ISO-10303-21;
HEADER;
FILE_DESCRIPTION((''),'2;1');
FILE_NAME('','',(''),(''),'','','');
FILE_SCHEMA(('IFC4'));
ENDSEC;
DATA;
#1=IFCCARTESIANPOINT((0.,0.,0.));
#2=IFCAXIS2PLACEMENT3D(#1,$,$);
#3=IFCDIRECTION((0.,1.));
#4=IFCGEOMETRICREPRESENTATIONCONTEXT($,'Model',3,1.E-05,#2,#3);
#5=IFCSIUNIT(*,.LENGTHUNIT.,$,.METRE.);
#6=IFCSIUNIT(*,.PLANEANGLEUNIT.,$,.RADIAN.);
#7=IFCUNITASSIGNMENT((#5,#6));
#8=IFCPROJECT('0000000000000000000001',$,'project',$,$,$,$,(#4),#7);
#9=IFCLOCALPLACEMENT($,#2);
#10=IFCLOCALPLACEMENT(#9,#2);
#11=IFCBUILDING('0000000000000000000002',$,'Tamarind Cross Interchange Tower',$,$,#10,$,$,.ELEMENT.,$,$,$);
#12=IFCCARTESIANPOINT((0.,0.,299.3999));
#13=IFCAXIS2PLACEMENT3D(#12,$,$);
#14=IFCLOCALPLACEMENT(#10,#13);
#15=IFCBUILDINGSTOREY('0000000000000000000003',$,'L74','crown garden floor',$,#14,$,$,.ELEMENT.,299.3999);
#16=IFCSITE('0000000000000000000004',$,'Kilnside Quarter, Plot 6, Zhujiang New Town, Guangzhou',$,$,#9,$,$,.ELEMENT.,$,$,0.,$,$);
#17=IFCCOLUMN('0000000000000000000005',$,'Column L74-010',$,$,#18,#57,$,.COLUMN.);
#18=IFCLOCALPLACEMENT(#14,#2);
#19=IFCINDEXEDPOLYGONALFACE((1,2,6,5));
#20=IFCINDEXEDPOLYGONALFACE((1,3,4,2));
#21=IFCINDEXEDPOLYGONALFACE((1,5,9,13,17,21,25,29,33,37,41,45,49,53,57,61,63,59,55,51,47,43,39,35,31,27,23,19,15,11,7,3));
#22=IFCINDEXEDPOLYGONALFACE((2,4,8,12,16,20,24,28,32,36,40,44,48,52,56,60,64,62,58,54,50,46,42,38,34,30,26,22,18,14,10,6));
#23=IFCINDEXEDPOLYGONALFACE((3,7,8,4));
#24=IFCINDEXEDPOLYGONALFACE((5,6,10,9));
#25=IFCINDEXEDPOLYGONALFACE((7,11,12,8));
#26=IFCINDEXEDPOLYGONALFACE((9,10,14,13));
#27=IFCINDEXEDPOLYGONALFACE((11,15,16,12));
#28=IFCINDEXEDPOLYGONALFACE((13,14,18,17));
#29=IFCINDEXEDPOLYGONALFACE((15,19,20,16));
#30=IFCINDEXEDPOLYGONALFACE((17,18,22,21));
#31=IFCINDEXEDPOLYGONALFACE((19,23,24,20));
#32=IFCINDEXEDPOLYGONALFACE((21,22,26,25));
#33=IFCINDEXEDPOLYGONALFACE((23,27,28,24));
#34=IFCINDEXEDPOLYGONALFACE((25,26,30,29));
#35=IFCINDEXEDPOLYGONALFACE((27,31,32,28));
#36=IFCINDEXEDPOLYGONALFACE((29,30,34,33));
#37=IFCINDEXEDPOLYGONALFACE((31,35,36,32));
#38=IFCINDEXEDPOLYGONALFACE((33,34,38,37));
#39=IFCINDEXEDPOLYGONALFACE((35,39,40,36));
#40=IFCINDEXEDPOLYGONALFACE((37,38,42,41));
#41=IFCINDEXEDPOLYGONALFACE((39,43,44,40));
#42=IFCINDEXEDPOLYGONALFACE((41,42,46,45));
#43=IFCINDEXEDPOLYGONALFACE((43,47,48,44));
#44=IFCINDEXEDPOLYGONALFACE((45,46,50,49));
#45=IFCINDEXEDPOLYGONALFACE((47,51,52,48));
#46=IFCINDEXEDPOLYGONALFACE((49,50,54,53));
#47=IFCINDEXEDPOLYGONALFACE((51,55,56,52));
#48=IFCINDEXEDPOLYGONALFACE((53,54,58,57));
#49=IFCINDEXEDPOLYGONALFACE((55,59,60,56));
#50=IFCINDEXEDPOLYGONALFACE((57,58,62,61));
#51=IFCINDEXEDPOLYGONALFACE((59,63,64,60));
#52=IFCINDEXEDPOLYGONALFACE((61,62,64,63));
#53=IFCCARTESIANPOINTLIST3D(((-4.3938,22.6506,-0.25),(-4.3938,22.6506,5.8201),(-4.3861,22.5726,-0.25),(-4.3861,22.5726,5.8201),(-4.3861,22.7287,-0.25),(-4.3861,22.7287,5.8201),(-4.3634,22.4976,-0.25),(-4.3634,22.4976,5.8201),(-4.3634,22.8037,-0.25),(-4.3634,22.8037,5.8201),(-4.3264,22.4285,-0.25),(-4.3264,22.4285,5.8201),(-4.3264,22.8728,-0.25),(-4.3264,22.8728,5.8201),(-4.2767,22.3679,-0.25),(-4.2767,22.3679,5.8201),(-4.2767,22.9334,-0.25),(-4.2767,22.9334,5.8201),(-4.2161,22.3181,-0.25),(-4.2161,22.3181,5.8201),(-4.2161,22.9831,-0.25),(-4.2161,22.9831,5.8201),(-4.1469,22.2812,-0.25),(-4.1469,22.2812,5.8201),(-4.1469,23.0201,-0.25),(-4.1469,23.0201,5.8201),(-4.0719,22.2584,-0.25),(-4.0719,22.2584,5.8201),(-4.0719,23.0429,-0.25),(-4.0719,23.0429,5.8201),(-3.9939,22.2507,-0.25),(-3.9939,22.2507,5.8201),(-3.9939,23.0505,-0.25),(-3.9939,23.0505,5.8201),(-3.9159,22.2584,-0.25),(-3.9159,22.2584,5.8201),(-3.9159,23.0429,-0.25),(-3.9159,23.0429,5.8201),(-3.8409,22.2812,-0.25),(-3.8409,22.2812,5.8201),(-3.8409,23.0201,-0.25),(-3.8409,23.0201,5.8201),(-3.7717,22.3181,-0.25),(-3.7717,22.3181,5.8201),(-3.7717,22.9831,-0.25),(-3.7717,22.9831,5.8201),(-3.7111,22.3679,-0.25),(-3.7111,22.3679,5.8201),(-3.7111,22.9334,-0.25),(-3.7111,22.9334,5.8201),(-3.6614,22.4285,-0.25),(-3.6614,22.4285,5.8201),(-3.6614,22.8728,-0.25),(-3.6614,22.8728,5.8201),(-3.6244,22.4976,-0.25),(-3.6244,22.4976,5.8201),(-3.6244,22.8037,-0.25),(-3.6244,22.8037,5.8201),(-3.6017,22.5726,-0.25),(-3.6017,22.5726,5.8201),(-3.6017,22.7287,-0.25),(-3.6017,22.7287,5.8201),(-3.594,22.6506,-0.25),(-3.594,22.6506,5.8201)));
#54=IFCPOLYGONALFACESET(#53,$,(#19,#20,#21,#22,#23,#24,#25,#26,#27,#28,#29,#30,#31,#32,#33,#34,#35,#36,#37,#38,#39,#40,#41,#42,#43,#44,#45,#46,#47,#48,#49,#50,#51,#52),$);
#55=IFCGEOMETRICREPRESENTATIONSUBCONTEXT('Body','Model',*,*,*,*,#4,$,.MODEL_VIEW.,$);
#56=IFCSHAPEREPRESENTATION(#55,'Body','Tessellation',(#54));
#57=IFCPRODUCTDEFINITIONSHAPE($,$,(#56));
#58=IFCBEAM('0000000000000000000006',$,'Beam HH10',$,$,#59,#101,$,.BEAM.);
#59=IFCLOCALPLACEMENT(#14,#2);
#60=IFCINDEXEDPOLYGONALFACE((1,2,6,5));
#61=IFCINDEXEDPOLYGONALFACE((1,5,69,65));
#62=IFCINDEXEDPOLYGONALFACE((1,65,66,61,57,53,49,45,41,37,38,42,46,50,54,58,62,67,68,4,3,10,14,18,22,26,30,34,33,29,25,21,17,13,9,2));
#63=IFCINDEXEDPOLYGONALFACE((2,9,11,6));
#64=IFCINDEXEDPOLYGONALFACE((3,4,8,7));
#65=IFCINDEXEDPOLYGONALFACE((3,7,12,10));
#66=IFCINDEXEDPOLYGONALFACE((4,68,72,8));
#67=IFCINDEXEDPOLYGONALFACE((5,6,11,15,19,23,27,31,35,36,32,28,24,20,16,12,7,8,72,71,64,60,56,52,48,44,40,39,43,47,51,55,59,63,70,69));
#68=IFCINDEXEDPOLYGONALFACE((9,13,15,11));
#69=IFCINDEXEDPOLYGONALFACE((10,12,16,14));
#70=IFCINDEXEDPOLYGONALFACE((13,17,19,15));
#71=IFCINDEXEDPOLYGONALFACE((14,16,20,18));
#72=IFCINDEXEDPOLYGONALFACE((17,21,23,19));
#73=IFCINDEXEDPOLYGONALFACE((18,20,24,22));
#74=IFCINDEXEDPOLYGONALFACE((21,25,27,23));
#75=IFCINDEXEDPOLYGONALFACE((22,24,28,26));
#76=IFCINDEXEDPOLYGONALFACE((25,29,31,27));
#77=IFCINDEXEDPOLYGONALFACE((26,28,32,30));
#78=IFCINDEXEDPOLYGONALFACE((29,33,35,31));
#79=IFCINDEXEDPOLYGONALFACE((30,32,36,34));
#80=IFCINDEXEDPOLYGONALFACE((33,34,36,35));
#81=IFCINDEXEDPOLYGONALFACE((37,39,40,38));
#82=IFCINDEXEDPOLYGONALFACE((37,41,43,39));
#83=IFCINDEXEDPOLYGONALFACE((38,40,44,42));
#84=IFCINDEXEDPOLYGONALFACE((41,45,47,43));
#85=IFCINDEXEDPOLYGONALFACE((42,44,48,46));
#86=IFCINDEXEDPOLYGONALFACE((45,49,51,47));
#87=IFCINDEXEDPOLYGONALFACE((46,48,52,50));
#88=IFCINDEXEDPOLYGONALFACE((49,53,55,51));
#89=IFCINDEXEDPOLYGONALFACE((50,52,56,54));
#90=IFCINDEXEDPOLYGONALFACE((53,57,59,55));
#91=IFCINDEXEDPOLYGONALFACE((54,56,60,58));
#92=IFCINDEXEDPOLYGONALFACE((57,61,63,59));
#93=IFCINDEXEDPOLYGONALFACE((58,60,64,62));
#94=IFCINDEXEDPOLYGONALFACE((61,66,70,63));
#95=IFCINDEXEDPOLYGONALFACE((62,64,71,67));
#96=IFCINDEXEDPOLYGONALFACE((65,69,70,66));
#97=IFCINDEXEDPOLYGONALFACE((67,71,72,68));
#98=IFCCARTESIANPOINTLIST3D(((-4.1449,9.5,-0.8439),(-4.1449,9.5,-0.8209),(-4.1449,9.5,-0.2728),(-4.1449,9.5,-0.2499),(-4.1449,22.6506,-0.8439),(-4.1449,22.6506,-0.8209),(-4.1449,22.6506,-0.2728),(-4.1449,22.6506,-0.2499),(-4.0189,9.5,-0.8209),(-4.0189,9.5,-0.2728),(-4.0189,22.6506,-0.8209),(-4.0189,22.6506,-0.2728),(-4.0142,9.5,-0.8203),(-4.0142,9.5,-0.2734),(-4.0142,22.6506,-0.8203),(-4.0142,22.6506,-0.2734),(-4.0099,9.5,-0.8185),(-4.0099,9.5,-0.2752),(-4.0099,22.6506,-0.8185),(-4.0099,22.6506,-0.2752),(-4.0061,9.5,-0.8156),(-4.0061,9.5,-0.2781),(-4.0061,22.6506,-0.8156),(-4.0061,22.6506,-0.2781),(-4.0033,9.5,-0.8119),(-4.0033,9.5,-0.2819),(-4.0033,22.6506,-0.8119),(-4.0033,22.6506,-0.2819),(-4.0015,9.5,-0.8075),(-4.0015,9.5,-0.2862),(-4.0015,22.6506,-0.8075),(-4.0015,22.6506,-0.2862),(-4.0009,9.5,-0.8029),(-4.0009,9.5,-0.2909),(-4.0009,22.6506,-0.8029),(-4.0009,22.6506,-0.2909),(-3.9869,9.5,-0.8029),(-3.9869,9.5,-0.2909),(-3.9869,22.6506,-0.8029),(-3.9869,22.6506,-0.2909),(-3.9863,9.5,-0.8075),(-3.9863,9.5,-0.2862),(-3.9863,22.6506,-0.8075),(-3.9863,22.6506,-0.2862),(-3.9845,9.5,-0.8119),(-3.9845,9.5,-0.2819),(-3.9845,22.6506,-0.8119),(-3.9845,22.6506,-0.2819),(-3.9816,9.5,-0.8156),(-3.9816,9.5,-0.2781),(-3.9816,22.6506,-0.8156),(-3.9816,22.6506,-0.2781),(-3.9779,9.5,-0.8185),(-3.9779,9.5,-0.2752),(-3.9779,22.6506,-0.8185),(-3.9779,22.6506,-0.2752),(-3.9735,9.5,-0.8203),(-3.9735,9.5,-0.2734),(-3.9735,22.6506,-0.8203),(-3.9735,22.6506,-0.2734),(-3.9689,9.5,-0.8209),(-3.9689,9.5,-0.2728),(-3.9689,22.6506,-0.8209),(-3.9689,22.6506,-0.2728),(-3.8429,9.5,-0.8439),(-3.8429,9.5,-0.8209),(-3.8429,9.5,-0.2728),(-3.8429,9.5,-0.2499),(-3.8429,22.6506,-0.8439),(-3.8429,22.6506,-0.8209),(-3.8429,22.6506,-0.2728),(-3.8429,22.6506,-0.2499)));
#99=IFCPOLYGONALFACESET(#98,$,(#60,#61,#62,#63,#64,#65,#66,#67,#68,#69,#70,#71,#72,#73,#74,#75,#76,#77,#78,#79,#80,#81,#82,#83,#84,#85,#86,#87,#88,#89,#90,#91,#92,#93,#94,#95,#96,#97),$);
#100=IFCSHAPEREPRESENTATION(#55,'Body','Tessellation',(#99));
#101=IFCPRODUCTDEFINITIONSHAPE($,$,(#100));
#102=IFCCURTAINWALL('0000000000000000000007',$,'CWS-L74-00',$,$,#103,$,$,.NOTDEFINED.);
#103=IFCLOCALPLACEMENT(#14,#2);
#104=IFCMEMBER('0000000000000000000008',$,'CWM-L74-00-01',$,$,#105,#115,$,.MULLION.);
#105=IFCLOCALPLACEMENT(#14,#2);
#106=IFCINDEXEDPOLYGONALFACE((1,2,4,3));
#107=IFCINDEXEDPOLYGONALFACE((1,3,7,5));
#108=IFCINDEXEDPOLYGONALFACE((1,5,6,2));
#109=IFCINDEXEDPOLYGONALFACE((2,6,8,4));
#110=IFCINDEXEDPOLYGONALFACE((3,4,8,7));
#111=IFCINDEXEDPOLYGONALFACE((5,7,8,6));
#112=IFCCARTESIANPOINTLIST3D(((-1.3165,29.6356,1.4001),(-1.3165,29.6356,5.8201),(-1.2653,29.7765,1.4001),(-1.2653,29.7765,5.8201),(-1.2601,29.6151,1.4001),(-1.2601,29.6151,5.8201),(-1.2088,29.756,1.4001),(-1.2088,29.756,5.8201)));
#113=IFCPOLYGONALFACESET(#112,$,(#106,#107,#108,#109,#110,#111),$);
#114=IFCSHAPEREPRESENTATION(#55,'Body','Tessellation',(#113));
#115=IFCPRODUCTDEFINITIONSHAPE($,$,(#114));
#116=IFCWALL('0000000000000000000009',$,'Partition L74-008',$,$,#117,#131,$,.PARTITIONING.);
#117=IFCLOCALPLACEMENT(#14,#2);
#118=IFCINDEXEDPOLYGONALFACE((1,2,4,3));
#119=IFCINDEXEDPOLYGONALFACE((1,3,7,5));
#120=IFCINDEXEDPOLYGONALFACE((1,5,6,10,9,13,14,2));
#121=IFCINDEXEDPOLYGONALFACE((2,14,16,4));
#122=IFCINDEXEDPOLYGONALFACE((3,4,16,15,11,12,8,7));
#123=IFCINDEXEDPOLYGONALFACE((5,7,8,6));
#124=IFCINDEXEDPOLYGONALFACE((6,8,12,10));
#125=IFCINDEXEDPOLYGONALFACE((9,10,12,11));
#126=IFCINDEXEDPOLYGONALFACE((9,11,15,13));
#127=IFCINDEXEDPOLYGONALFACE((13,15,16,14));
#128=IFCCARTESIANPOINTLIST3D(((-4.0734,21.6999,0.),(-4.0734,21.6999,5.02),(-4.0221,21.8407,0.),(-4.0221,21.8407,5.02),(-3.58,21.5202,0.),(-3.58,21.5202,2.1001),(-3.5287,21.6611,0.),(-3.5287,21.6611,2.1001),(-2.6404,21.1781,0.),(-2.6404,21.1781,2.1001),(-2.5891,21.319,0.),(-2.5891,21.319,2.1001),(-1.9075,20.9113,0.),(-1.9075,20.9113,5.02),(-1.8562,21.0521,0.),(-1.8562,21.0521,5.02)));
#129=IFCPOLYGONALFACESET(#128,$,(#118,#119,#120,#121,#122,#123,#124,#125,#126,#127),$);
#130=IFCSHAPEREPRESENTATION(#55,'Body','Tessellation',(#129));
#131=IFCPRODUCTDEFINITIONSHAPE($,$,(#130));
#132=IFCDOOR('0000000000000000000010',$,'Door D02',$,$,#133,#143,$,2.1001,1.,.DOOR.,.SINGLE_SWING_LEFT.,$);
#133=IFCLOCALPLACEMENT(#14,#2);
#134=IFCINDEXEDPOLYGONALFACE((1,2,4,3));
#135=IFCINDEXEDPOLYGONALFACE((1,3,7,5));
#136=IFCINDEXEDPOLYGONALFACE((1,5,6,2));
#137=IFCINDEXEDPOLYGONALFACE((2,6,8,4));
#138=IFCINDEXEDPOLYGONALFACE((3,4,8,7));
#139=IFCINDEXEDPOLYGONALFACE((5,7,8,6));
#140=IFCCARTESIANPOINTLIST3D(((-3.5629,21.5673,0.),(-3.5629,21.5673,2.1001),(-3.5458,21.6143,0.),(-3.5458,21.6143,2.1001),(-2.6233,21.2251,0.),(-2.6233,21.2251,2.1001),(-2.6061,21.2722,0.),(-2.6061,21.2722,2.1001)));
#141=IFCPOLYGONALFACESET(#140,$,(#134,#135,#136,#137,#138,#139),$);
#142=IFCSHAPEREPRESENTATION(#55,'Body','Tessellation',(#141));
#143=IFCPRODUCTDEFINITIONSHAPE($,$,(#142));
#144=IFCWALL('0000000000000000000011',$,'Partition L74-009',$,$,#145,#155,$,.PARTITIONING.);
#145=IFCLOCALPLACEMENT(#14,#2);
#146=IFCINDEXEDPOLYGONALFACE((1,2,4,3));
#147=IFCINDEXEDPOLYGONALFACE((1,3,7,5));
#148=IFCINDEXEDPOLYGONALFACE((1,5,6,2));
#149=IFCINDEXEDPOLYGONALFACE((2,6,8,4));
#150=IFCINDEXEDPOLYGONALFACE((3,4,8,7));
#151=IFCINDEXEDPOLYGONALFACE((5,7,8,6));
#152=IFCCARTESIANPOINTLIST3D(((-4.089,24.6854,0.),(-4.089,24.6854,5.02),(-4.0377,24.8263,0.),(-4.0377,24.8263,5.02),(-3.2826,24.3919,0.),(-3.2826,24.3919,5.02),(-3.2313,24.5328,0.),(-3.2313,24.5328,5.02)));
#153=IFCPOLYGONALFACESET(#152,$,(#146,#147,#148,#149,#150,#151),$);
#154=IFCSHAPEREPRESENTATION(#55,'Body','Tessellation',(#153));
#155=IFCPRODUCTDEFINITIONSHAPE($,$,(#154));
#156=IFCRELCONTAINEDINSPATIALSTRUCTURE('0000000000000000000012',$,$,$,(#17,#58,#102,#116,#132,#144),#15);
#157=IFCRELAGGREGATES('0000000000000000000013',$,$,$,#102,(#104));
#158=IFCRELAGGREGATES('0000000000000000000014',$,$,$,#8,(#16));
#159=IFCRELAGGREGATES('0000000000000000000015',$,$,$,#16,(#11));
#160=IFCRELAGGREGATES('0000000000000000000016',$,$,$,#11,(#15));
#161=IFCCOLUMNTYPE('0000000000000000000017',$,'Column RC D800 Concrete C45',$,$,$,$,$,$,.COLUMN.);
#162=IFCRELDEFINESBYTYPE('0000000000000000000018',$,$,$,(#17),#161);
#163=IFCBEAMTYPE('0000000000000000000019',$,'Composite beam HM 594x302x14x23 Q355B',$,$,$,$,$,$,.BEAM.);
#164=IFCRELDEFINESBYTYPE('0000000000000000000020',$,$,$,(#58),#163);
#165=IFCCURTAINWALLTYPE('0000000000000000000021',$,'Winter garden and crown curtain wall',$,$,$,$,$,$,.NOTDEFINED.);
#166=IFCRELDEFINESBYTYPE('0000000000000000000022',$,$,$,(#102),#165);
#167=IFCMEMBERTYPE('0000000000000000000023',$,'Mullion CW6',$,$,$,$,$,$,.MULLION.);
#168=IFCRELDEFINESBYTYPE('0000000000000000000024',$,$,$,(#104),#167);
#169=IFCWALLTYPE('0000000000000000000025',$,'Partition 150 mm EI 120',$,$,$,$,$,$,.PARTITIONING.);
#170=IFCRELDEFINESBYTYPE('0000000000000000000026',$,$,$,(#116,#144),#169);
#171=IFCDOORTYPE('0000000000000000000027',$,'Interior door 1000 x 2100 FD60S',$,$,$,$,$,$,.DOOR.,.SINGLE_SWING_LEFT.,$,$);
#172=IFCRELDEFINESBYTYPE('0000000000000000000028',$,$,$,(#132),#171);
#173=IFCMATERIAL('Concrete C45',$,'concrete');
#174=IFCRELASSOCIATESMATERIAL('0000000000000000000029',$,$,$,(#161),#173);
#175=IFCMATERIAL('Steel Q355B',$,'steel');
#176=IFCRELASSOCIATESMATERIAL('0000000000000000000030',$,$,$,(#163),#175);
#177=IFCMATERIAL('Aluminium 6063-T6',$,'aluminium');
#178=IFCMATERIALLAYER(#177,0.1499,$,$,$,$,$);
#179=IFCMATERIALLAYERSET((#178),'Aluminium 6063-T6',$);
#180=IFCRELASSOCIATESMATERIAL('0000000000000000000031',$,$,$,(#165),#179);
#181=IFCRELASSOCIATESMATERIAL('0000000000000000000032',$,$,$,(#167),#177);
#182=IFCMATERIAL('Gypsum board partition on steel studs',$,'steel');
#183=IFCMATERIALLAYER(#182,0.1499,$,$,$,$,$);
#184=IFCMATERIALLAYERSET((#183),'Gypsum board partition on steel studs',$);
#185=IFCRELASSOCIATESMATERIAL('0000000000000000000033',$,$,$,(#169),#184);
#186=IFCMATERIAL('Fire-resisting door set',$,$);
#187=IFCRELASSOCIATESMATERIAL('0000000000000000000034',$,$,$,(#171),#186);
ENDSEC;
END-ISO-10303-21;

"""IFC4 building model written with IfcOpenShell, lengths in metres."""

from ifc_helpers import new_model, si_unit, direction, frame, frame_2d, origin, origin_2d, place, context, subcontext, project, spatial, rectangle, circle, i_section, extrude, material, layer, layer_set, material_profile, profile_set, type_object, element, fill, aggregate, save


model = new_model("IFC4")

# Units and contexts
model_context = context("Model", 3, precision=1e-05, world=origin(), true_north=direction((0.0, 1.0)))
body_context = subcontext(model_context, "Body", "Model", "MODEL_VIEW")
ifc_project = project(units=[si_unit("LENGTHUNIT", "METRE"), si_unit("PLANEANGLEUNIT", "RADIAN")], contexts=[model_context])

# Site, building, storey
site_placement = place(None, origin())
site = spatial("IfcSite", under=ifc_project, at=site_placement, Name="Kilnside Quarter, Plot 6, Zhujiang New Town, Guangzhou", CompositionType="ELEMENT", RefElevation=0.0)
building_placement = place(site_placement, origin())
building = spatial("IfcBuilding", under=site, at=building_placement, Name="Tamarind Cross Interchange Tower", CompositionType="ELEMENT")
storey_placement = place(building_placement, frame((0.0, 0.0, 299.3999)))
storey = spatial("IfcBuildingStorey", under=building, at=storey_placement, Name="L74", Description="crown garden floor", CompositionType="ELEMENT", Elevation=299.3999)

# Column
ifc_material_1 = material(Name="Concrete C45", Category="concrete")
ifc_material_profile_1 = material_profile(ifc_material_1, circle(Radius=0.3999, at=origin_2d()), Name="RC D800")
ifc_profile_set_1 = profile_set([ifc_material_profile_1], Name="Concrete C45")
column_type = type_object("IfcColumnType", Name="Column RC D800 Concrete C45", PredefinedType="COLUMN", material=ifc_profile_set_1)
column_placement = place(storey_placement, frame((-3.9939, 22.6506, -0.25), z_axis=(0.0, 0.0, 1.0), x_axis=(1.0, 0.0, 0.0)))
element("IfcColumn", 1, at=column_placement, inside=storey, type_object=column_type, Name="Column L74-010", PredefinedType="COLUMN", context=body_context, shape_type="SweptSolid", body=[
    extrude(circle(Radius=0.3999, at=origin_2d()), origin(), (0.0, 0.0, 1.0), 6.0701),
])

# Beam
ifc_material_2 = material(Name="Steel Q355B", Category="steel")
ifc_material_profile_2 = material_profile(ifc_material_2, i_section(OverallWidth=0.302, OverallDepth=0.594, WebThickness=0.0139, FlangeThickness=0.0229, FilletRadius=0.0181, at=origin_2d()), Name="HM 594x302x14x23")
ifc_profile_set_2 = profile_set([ifc_material_profile_2], Name="Steel Q355B")
beam_type = type_object("IfcBeamType", Name="Composite beam HM 594x302x14x23 Q355B", PredefinedType="BEAM", material=ifc_profile_set_2)
beam_placement = place(storey_placement, frame((-3.9939, 22.6506, -0.5469), z_axis=(0.0, -1.0, 0.0), x_axis=(1.0, 0.0, 0.0)))
element("IfcBeam", 2, at=beam_placement, inside=storey, type_object=beam_type, Name="Beam HH10", PredefinedType="BEAM", context=body_context, shape_type="SweptSolid", body=[
    extrude(i_section(OverallWidth=0.302, OverallDepth=0.594, WebThickness=0.0139, FlangeThickness=0.0229, FilletRadius=0.0181, at=origin_2d()), origin(), (0.0, 0.0, 1.0), 13.1506),
])

# Curtain wall, member
ifc_material_3 = material(Name="Aluminium 6063-T6", Category="aluminium")
ifc_layer_1 = layer(ifc_material_3, 0.1499)
ifc_layer_set_1 = layer_set([ifc_layer_1], Name="Aluminium 6063-T6")
curtain_wall_type = type_object("IfcCurtainWallType", Name="Winter garden and crown curtain wall", PredefinedType="NOTDEFINED", material=ifc_layer_set_1)
curtain_wall_placement = place(storey_placement, origin())
curtain_wall = element("IfcCurtainWall", 3, at=curtain_wall_placement, inside=storey, type_object=curtain_wall_type, Name="CWS-L74-00", PredefinedType="NOTDEFINED")
ifc_material_profile_3 = material_profile(ifc_material_3, rectangle(XDim=0.0601, YDim=0.1499, at=origin_2d()), Name="Mullion CW6")
ifc_profile_set_3 = profile_set([ifc_material_profile_3], Name="Aluminium 6063-T6")
member_type = type_object("IfcMemberType", Name="Mullion CW6", PredefinedType="MULLION", material=ifc_profile_set_3)
member_placement = place(storey_placement, frame((-1.2627, 29.6958, 1.4001), z_axis=(0.0, 0.0, 1.0), x_axis=(-0.939702, 0.341994, 0.0)))
member = element("IfcMember", 4, at=member_placement, type_object=member_type, Name="CWM-L74-00-01", PredefinedType="MULLION", context=body_context, shape_type="SweptSolid", body=[
    extrude(rectangle(XDim=0.0601, YDim=0.1499, at=origin_2d()), origin(), (0.0, 0.0, 1.0), 4.4199),
])
aggregate(curtain_wall, [member])

# Wall, opening, door
ifc_material_4 = material(Name="Gypsum board partition on steel studs", Category="steel")
ifc_layer_2 = layer(ifc_material_4, 0.1499)
ifc_layer_set_2 = layer_set([ifc_layer_2], Name="Gypsum board partition on steel studs")
wall_type_1 = type_object("IfcWallType", Name="Partition 150 mm EI 120", PredefinedType="PARTITIONING", material=ifc_layer_set_2)
wall_1_placement = place(storey_placement, frame((-4.0476, 21.7703, 0.0), z_axis=(0.0, 0.0, 1.0), x_axis=(0.939651, -0.342134, 0.0)))
wall_1 = element("IfcWall", 5, at=wall_1_placement, inside=storey, type_object=wall_type_1, Name="Partition L74-008", PredefinedType="PARTITIONING", context=body_context, shape_type="SweptSolid", body=[
    extrude(rectangle(XDim=2.3049, YDim=0.1499, at=frame_2d((1.1523, 0.0))), origin(), (0.0, 0.0, 1.0), 5.02),
])
opening_1_placement = place(wall_1_placement, frame((0.5249, 0.0, 0.0)))
opening_1 = element("IfcOpeningElement", 6, at=opening_1_placement, cuts=wall_1, PredefinedType="OPENING", context=body_context, shape_type="SweptSolid", body=[
    extrude(rectangle(XDim=1.0, YDim=2.1001, at=frame_2d((0.5, 1.05))), frame((0.0, 0.085, 0.0), z_axis=(0.0, -1.0, 0.0), x_axis=(1.0, 0.0, 0.0)), (0.0, 0.0, 1.0), 0.1699),
])
ifc_material_5 = material(Name="Fire-resisting door set")
door_type_1 = type_object("IfcDoorType", Name="Interior door 1000 x 2100 FD60S", OperationType="SINGLE_SWING_LEFT", PredefinedType="DOOR", material=ifc_material_5)
door_1_placement = place(opening_1_placement, frame((1.0, 0.0, 0.0), z_axis=(0.0, 0.0, 1.0), x_axis=(-1.0, 0.0, 0.0)))
door_1 = element("IfcDoor", 7, at=door_1_placement, inside=storey, type_object=door_type_1, Name="Door D02", OperationType="SINGLE_SWING_LEFT", OverallHeight=2.1001, OverallWidth=1.0, PredefinedType="DOOR", context=body_context, shape_type="SweptSolid", body=[
    extrude(rectangle(XDim=1.0, YDim=2.1001, at=frame_2d((0.5, 1.05))), frame((0.0, 0.0249, 0.0), z_axis=(0.0, -1.0, 0.0), x_axis=(1.0, 0.0, 0.0)), (0.0, 0.0, 1.0), 0.05),
])
fill(opening_1, door_1)

# Wall
wall_2_placement = place(storey_placement, frame((-4.0635, 24.7559, 0.0), z_axis=(0.0, 0.0, 1.0), x_axis=(0.93971, -0.341971, 0.0)))
element("IfcWall", 8, at=wall_2_placement, inside=storey, type_object=wall_type_1, Name="Partition L74-009", PredefinedType="PARTITIONING", context=body_context, shape_type="SweptSolid", body=[
    extrude(rectangle(XDim=0.8582, YDim=0.1499, at=frame_2d((0.4292, 0.0))), origin(), (0.0, 0.0, 1.0), 5.02),
])

save(model, "model.ifc")
